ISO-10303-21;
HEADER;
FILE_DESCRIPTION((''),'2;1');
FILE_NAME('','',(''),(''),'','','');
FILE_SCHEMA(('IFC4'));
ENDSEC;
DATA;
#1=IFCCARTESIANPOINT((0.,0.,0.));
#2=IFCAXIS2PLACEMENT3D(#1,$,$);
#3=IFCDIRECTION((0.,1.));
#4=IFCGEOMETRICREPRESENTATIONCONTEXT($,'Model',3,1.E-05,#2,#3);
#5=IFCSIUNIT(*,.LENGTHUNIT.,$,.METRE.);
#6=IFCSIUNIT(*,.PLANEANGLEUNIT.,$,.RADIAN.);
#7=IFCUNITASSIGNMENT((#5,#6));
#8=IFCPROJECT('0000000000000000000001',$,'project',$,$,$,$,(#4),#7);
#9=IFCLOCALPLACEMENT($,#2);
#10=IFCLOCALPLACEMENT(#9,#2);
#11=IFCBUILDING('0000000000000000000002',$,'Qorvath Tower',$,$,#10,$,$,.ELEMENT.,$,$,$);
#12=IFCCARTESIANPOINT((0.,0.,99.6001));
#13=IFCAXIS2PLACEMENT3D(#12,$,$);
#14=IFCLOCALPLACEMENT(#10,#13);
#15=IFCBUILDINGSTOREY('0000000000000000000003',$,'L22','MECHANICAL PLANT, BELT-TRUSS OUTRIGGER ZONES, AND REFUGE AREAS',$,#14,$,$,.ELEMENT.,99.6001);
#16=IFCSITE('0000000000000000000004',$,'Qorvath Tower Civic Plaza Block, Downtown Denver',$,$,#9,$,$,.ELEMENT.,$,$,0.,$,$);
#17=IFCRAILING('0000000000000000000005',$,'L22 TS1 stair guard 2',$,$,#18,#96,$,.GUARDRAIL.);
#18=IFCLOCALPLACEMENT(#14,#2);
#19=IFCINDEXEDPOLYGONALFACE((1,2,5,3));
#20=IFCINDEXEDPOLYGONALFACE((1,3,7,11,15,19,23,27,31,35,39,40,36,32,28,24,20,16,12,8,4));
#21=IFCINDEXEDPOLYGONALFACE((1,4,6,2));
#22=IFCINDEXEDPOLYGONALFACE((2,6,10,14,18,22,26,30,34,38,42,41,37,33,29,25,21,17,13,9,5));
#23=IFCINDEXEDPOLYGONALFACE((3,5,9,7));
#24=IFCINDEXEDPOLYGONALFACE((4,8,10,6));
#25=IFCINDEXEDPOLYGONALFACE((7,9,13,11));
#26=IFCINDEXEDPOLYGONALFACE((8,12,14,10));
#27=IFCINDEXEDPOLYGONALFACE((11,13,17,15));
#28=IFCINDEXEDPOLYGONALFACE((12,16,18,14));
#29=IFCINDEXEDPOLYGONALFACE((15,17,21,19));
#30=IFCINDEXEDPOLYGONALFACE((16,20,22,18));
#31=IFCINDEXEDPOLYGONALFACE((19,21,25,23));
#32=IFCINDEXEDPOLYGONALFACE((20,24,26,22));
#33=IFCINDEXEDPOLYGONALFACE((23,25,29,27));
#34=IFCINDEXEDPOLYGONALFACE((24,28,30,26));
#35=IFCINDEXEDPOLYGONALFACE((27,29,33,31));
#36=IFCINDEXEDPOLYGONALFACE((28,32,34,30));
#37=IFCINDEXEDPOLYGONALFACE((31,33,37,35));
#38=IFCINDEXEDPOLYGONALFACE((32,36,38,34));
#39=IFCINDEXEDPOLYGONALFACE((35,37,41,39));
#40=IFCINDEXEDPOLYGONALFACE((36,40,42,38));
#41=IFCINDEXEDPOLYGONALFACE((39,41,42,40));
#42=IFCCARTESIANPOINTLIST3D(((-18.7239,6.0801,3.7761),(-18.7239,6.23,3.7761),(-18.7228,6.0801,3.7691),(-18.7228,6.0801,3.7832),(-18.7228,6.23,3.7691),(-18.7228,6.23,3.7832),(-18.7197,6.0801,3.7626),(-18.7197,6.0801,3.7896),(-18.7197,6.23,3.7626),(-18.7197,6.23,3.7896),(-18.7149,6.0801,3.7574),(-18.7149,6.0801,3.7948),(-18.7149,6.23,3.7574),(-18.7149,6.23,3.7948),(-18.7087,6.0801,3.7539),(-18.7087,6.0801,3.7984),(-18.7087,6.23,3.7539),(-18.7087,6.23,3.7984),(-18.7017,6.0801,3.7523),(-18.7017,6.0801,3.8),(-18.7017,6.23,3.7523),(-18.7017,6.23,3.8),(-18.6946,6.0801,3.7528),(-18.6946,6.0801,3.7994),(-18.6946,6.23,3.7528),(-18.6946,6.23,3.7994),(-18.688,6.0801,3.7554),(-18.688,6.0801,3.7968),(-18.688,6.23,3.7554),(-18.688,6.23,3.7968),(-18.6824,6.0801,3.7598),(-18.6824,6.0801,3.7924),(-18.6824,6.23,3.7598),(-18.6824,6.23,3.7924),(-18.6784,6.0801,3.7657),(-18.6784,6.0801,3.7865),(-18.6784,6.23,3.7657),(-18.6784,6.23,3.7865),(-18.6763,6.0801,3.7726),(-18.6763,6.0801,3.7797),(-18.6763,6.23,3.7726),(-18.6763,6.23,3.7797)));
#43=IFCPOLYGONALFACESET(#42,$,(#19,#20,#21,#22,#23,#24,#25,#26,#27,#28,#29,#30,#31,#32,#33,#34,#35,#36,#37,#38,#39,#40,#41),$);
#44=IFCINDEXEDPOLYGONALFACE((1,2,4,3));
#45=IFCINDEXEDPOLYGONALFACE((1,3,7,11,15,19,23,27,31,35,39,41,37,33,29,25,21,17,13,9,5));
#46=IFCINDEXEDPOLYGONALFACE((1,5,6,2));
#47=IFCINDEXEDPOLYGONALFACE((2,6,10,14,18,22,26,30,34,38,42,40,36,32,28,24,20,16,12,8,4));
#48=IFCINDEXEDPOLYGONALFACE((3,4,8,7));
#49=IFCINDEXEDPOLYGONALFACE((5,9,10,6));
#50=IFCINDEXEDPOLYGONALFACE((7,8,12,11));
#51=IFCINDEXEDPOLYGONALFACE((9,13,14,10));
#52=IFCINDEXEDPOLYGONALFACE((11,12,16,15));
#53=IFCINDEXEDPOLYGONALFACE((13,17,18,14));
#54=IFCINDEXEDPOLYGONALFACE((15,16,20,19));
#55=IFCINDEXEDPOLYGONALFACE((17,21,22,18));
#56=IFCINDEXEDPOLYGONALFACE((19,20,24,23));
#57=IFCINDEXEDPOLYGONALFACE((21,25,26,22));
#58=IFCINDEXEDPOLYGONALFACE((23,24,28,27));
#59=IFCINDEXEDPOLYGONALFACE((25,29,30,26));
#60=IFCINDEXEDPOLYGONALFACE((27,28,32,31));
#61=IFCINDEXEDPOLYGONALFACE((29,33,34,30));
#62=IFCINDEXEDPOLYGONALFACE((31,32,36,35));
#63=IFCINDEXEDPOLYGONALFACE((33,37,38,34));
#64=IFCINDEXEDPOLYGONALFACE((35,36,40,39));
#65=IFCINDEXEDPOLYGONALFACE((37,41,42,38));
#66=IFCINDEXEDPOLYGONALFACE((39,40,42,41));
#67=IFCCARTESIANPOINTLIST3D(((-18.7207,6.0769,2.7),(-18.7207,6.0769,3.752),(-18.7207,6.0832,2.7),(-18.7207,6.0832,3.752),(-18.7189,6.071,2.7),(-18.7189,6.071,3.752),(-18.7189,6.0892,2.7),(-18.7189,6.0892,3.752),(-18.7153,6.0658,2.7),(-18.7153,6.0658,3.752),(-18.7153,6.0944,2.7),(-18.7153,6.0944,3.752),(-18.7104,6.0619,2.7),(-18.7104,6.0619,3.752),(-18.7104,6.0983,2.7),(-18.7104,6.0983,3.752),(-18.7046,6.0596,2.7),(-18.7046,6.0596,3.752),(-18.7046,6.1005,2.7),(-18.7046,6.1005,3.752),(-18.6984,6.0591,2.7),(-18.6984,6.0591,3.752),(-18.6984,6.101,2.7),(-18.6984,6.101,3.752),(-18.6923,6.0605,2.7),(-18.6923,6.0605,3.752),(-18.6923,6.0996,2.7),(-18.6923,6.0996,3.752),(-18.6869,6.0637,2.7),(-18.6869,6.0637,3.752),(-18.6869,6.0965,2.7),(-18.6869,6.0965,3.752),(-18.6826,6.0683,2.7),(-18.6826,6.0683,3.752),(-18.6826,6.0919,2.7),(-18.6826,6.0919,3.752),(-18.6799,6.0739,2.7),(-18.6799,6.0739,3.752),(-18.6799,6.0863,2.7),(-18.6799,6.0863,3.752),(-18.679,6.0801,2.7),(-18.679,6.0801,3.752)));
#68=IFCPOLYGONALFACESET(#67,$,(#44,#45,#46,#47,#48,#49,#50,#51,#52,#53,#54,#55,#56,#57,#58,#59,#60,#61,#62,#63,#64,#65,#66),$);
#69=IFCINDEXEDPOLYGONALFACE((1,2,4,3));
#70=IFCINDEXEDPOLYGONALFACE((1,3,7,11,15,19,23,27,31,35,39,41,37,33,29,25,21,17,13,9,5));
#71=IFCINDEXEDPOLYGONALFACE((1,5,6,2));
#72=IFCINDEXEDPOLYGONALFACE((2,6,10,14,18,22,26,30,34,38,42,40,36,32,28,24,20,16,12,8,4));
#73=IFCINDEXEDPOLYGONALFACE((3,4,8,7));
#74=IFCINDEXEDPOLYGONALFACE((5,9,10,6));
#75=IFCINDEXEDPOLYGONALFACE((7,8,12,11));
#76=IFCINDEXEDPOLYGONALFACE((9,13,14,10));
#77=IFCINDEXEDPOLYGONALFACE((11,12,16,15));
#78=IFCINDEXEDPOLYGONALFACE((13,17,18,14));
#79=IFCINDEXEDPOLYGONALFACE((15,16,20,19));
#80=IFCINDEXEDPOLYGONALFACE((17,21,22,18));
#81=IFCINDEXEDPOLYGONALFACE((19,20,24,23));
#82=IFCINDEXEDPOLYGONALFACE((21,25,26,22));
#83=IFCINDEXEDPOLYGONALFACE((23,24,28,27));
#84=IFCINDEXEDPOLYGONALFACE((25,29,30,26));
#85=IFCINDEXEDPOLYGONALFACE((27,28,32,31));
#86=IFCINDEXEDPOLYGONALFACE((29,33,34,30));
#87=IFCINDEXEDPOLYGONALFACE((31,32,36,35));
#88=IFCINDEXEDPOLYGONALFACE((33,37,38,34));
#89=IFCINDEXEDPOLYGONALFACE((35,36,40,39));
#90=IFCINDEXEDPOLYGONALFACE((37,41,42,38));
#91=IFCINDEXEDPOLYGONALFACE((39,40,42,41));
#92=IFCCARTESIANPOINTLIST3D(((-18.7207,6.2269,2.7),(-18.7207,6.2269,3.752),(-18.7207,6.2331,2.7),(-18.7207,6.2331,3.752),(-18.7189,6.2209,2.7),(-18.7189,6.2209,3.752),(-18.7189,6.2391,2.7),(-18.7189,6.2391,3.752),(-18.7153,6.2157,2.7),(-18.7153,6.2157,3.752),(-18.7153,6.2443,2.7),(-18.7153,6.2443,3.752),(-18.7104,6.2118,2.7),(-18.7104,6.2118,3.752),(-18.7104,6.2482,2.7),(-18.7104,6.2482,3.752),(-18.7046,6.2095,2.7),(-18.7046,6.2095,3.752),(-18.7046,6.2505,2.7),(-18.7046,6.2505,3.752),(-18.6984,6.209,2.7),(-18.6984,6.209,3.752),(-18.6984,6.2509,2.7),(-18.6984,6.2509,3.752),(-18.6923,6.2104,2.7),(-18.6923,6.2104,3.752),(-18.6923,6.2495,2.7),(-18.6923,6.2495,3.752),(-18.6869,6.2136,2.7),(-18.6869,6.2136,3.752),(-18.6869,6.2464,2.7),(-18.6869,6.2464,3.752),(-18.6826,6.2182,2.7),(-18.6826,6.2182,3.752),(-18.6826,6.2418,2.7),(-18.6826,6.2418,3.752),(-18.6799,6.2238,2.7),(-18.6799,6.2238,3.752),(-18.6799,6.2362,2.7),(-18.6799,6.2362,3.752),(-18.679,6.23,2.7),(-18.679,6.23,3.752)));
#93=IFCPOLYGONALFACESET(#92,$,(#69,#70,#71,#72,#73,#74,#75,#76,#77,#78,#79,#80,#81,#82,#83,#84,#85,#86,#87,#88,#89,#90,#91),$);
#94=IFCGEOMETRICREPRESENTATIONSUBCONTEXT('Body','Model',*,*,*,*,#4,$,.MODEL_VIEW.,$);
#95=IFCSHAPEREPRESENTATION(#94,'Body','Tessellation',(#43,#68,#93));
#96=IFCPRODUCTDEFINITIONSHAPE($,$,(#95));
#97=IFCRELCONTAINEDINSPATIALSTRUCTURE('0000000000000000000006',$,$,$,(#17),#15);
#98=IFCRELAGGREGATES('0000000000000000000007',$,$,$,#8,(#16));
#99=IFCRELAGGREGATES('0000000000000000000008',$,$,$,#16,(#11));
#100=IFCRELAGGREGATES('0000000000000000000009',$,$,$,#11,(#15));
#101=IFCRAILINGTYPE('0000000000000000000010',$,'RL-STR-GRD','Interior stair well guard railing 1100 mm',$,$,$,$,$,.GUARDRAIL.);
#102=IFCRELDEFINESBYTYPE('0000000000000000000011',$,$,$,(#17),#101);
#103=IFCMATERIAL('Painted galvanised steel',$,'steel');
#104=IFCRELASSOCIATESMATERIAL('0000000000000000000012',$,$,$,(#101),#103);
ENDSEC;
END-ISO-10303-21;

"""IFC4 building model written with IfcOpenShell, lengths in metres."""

from ifc_helpers import new_model, si_unit, direction, frame, origin, origin_2d, place, context, subcontext, project, spatial, circle, extrude, material, type_object, element, save


model = new_model("IFC4")

# Units and contexts
model_context = context("Model", 3, precision=1e-05, world=origin(), true_north=direction((0.0, 1.0)))
body_context = subcontext(model_context, "Body", "Model", "MODEL_VIEW")
ifc_project = project(units=[si_unit("LENGTHUNIT", "METRE"), si_unit("PLANEANGLEUNIT", "RADIAN")], contexts=[model_context])

# Site, building, storey
site_placement = place(None, origin())
site = spatial("IfcSite", under=ifc_project, at=site_placement, Name="Qorvath Tower Civic Plaza Block, Downtown Denver", CompositionType="ELEMENT", RefElevation=0.0)
building_placement = place(site_placement, origin())
building = spatial("IfcBuilding", under=site, at=building_placement, Name="Qorvath Tower", CompositionType="ELEMENT")
storey_placement = place(building_placement, frame((0.0, 0.0, 99.6001)))
storey = spatial("IfcBuildingStorey", under=building, at=storey_placement, Name="L22", Description="MECHANICAL PLANT, BELT-TRUSS OUTRIGGER ZONES, AND REFUGE AREAS", CompositionType="ELEMENT", Elevation=99.6001)

# Railing
ifc_material_1 = material(Name="Painted galvanised steel", Category="steel")
railing_type_1 = type_object("IfcRailingType", Name="RL-STR-GRD", Description="Interior stair well guard railing 1100 mm", PredefinedType="GUARDRAIL", material=ifc_material_1)
railing_1_placement = place(storey_placement, frame((-18.7, 6.0801, 2.7)))
element("IfcRailing", 1, at=railing_1_placement, inside=storey, type_object=railing_type_1, Name="L22 TS1 stair guard 2", PredefinedType="GUARDRAIL", context=body_context, shape_type="SweptSolid", body=[
    extrude(circle(Radius=0.0239, at=origin_2d()), frame((0.0, 0.0, 1.0762), z_axis=(0.0, 1.0, 0.0), x_axis=(-1.0, 0.0, 0.0)), (0.0, 0.0, 1.0), 0.1499),
    extrude(circle(Radius=0.021, at=origin_2d()), origin(), (0.0, 0.0, 1.0), 1.052),
    extrude(circle(Radius=0.021, at=origin_2d()), frame((0.0, 0.1499, 0.0)), (0.0, 0.0, 1.0), 1.052),
])

save(model, "model.ifc")
